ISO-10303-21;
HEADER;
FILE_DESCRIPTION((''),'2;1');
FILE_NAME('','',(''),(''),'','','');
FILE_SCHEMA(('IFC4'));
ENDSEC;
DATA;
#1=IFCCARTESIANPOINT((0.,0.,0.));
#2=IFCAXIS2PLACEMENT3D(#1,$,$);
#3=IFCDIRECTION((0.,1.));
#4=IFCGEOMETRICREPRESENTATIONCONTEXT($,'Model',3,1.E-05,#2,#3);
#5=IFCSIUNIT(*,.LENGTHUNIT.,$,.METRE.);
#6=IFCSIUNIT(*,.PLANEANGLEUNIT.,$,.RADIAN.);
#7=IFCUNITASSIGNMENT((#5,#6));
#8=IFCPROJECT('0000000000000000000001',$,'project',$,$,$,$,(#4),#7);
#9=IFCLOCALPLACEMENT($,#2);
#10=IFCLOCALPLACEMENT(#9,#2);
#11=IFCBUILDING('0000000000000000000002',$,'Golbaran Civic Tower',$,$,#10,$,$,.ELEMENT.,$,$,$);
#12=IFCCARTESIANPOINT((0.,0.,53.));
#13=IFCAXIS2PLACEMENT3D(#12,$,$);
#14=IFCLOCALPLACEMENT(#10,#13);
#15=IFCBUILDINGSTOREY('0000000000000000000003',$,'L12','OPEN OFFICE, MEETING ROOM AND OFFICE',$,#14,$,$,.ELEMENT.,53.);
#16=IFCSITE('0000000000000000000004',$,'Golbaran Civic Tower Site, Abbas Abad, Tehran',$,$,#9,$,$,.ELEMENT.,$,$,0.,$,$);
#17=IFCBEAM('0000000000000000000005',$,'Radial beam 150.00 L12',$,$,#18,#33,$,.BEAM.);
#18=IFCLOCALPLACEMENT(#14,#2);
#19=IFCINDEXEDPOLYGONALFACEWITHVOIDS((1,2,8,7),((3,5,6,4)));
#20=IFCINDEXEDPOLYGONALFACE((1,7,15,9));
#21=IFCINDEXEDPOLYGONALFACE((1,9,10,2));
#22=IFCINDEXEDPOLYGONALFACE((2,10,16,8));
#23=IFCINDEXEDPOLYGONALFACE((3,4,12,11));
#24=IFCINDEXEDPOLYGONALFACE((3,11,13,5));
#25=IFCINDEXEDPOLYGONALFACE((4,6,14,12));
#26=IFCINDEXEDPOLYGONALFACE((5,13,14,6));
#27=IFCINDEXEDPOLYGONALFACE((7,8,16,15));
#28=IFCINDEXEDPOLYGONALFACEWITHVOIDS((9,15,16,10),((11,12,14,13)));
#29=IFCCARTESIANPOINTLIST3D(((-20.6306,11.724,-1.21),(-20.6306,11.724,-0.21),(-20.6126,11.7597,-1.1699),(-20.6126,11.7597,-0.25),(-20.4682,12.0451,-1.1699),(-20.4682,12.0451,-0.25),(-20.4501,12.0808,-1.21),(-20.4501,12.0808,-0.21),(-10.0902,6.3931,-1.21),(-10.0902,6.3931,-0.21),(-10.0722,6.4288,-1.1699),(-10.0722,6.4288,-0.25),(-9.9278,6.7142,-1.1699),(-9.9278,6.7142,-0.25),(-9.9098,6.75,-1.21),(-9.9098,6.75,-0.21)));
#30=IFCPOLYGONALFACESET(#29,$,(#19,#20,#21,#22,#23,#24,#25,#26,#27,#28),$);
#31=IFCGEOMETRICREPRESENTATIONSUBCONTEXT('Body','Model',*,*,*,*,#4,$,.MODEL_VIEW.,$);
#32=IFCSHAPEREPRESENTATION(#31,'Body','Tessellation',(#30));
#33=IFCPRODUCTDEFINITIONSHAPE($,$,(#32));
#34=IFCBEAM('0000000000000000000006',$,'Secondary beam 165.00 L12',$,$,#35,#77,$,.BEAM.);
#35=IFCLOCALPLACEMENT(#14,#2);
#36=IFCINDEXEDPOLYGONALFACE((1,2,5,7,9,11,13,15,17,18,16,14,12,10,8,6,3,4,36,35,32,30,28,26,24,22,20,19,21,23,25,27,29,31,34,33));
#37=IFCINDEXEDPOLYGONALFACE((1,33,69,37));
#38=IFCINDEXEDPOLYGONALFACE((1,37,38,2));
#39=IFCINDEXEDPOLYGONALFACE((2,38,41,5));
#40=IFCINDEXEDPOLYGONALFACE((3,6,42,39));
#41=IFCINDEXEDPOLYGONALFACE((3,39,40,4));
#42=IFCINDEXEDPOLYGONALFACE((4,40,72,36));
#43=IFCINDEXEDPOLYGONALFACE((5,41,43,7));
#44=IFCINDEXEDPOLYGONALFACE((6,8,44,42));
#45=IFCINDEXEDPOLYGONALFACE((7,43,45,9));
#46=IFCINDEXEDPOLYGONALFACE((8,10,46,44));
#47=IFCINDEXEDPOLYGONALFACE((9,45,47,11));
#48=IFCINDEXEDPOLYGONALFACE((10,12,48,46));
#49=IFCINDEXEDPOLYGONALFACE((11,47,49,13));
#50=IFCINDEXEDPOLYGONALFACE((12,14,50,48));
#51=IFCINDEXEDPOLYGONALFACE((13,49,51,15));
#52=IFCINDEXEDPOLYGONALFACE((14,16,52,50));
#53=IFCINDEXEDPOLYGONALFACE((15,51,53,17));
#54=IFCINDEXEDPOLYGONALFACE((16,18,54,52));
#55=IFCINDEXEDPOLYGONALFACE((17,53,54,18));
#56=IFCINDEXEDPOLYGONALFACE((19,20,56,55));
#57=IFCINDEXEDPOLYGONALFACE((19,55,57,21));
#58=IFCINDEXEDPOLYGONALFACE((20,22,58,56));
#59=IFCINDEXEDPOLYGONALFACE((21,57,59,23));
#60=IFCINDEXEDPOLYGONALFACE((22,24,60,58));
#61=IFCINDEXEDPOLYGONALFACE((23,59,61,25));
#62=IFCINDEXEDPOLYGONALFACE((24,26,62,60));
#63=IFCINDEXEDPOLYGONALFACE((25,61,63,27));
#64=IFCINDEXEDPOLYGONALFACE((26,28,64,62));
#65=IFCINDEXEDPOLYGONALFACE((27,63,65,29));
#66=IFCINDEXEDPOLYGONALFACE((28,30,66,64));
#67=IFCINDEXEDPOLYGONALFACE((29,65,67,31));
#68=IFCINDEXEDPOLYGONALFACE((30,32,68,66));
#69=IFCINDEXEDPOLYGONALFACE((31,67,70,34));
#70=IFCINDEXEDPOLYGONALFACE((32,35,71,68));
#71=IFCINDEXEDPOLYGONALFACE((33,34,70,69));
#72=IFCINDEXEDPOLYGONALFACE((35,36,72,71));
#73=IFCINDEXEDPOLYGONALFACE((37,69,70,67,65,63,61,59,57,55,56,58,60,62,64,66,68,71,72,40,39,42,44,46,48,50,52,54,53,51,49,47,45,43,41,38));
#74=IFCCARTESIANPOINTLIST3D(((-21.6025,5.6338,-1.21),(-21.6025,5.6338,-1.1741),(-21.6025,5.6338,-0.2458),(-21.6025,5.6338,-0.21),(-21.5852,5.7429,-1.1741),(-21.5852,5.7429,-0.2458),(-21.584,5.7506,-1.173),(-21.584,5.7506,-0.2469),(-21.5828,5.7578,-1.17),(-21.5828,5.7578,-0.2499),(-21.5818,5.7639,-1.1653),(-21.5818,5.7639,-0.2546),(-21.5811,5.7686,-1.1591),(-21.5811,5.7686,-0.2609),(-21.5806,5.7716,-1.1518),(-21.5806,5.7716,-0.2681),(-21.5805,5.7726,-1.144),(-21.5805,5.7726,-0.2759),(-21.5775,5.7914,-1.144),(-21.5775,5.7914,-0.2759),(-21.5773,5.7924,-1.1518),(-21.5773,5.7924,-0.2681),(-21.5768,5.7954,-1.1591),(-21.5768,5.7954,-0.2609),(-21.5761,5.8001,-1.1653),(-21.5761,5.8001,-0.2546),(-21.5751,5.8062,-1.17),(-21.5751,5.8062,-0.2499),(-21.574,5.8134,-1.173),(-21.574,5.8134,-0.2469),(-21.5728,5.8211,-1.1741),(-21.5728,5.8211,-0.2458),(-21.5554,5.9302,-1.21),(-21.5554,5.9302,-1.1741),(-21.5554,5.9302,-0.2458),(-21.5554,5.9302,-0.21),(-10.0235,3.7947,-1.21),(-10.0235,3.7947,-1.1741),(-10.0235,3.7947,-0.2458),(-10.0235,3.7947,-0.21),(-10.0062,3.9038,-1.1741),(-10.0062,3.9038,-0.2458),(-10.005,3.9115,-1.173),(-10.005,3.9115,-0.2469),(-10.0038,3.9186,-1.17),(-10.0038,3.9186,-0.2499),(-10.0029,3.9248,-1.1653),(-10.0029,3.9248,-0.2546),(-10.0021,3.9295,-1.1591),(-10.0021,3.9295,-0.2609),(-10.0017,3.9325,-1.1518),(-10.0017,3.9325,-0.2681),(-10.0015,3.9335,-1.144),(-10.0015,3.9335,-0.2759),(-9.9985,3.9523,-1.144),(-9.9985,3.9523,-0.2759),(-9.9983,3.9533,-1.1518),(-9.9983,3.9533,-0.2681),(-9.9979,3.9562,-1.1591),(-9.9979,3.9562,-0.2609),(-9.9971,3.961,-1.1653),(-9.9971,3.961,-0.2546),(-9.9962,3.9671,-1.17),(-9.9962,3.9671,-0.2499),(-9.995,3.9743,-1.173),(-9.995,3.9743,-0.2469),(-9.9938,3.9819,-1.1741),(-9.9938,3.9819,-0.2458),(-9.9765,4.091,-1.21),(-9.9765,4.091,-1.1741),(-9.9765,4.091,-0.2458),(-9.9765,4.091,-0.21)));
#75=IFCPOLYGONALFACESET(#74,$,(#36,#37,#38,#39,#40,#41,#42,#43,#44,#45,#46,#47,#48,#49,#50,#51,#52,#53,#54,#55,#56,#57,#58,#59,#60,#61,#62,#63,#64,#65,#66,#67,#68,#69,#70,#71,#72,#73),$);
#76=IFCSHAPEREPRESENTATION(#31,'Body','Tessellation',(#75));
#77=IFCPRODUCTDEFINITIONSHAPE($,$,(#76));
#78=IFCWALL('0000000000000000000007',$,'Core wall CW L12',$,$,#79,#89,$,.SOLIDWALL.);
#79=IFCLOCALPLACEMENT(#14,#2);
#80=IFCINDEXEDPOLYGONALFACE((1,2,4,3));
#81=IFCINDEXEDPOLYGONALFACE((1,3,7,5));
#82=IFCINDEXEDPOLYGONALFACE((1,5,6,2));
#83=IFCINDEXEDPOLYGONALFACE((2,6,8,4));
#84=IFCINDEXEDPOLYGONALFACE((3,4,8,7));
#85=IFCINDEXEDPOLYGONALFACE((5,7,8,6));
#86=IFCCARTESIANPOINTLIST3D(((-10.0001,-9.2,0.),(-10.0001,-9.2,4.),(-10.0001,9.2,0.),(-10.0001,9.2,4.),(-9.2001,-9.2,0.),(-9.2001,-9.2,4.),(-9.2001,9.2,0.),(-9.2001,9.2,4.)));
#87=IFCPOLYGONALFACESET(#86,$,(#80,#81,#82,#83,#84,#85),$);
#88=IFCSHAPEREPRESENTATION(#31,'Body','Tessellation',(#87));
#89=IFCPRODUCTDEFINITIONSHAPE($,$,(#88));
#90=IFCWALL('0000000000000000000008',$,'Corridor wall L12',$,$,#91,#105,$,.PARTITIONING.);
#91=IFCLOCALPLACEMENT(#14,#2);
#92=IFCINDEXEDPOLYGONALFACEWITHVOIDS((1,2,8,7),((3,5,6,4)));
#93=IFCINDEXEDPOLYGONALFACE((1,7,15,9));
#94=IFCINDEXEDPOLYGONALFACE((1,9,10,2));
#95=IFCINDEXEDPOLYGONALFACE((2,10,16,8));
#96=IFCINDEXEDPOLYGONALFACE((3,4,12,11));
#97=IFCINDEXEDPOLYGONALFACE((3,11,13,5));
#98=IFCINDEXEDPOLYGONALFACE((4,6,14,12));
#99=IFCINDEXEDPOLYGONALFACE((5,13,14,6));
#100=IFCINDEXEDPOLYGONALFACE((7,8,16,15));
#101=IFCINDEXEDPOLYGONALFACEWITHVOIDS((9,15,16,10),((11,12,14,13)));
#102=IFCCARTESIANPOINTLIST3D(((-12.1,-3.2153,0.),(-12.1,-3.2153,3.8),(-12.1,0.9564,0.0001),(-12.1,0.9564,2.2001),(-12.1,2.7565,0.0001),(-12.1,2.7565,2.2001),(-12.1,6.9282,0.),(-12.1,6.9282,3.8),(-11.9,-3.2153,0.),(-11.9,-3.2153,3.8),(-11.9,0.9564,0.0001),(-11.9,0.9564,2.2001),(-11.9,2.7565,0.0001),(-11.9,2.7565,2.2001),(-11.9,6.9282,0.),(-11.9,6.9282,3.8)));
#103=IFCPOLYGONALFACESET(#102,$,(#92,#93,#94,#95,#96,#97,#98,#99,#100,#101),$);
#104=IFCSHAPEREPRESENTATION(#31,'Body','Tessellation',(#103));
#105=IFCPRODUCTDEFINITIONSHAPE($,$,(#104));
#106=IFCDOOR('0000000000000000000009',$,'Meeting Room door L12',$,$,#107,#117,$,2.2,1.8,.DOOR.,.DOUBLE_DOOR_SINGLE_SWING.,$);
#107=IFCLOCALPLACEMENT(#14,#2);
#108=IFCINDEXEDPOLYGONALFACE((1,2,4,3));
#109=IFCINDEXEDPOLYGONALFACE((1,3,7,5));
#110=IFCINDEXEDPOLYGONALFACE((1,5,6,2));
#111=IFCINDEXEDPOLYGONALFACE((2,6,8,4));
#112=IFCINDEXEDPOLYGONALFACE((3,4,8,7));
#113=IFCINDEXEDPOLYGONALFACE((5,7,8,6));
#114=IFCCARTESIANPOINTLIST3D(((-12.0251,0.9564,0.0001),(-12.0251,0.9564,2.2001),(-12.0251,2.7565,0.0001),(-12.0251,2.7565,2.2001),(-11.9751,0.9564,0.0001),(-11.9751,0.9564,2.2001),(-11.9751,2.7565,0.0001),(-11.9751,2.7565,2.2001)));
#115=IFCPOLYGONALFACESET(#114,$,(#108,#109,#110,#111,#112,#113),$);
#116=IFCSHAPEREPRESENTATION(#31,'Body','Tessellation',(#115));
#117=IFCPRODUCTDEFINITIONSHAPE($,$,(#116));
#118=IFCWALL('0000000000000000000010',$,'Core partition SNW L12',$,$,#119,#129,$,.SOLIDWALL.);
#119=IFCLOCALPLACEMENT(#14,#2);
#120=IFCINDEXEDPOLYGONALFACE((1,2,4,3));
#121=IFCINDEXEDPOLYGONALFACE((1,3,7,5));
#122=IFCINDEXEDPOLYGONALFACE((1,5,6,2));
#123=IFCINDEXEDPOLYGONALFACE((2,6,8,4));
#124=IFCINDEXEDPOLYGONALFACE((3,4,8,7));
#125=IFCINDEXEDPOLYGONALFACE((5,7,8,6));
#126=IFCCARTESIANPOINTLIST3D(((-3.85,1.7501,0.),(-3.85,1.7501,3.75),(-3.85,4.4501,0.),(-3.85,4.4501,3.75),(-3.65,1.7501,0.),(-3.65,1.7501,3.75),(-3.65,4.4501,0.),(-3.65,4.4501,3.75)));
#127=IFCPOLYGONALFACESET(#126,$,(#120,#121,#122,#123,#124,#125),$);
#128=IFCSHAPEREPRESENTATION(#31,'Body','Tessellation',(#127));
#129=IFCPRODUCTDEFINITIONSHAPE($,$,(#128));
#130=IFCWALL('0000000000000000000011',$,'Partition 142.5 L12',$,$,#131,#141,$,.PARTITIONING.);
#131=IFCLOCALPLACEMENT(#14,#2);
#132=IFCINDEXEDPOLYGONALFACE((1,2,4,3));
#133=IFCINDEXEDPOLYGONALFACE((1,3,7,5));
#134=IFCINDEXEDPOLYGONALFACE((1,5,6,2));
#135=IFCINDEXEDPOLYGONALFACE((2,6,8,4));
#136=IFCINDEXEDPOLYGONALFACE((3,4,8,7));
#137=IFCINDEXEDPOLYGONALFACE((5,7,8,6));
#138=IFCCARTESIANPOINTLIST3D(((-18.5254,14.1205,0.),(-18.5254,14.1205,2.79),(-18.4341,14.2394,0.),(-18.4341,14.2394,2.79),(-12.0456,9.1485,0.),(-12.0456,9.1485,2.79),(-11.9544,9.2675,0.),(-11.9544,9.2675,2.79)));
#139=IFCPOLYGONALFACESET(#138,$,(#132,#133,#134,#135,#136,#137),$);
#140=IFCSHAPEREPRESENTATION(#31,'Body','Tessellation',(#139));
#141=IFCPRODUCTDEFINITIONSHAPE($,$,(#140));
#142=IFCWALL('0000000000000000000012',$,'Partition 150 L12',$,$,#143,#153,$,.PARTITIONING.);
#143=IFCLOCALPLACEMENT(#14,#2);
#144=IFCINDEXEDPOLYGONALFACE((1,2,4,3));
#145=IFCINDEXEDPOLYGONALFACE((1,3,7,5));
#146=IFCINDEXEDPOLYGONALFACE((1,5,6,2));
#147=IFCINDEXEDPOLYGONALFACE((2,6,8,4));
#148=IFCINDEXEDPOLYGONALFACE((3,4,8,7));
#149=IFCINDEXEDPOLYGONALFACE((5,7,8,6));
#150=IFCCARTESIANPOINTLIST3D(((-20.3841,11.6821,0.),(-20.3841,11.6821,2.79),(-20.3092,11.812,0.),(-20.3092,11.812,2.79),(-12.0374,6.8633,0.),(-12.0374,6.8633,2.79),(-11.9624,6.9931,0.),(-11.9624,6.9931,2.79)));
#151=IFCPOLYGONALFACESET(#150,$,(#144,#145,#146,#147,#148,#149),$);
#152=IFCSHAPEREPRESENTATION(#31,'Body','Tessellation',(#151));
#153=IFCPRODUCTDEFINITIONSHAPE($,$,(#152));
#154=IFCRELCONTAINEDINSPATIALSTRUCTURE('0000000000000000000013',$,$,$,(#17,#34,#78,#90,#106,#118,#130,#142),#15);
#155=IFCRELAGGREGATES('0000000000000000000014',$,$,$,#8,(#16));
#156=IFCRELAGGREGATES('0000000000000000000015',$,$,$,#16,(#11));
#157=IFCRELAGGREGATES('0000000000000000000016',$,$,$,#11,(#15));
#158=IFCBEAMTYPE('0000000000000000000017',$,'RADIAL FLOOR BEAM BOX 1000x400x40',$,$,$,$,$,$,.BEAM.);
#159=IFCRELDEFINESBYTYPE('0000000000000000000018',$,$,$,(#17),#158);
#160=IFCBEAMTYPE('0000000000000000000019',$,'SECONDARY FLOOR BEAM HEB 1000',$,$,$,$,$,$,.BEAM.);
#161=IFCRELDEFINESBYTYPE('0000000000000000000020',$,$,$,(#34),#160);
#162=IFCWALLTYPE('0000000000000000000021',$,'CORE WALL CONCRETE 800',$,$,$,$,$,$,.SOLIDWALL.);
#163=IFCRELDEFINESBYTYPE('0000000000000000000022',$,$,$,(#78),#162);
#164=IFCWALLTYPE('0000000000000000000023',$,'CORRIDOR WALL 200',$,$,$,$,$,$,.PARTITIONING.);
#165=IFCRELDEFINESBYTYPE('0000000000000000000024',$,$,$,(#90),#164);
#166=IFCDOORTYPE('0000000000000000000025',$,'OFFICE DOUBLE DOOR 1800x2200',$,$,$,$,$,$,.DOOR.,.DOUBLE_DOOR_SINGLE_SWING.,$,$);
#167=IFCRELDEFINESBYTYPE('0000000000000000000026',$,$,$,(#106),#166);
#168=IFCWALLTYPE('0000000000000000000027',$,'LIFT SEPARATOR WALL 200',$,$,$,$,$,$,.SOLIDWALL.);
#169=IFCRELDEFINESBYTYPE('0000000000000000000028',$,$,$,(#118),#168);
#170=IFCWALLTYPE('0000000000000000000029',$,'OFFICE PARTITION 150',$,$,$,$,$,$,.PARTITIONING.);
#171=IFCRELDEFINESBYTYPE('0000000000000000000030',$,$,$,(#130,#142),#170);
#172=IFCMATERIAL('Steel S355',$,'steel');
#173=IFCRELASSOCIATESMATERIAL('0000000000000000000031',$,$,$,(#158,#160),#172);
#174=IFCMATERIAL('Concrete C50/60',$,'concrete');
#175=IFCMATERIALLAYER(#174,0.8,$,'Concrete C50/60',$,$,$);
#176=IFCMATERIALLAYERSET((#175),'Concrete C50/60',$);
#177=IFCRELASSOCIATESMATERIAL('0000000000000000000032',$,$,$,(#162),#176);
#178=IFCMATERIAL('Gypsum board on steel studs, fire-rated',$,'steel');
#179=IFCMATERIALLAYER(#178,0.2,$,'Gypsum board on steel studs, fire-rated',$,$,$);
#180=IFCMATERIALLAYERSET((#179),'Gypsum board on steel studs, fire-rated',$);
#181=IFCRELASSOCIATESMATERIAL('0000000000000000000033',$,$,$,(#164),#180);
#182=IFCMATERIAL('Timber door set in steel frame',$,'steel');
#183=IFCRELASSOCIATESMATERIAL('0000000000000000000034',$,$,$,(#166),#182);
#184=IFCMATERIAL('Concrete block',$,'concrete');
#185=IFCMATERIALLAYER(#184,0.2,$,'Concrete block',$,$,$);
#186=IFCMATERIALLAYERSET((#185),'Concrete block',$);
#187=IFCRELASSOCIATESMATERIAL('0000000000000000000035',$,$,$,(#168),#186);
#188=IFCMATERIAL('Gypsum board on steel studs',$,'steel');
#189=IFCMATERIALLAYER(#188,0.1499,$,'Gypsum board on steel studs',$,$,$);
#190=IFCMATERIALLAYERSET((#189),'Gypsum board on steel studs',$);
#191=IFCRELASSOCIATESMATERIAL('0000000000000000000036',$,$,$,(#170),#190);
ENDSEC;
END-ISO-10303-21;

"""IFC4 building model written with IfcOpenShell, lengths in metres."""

from ifc_helpers import new_model, si_unit, direction, frame, frame_2d, origin, origin_2d, place, context, subcontext, project, spatial, rectangle, hollow_rectangle, i_section, extrude, material, layer, layer_set, material_profile, profile_set, type_object, element, fill, save


model = new_model("IFC4")

# Units and contexts
model_context = context("Model", 3, precision=1e-05, world=origin(), true_north=direction((0.0, 1.0)))
body_context = subcontext(model_context, "Body", "Model", "MODEL_VIEW")
ifc_project = project(units=[si_unit("LENGTHUNIT", "METRE"), si_unit("PLANEANGLEUNIT", "RADIAN")], contexts=[model_context])

# Site, building, storey
site_placement = place(None, origin())
site = spatial("IfcSite", under=ifc_project, at=site_placement, Name="Golbaran Civic Tower Site, Abbas Abad, Tehran", CompositionType="ELEMENT", RefElevation=0.0)
building_placement = place(site_placement, origin())
building = spatial("IfcBuilding", under=site, at=building_placement, Name="Golbaran Civic Tower", CompositionType="ELEMENT")
storey_placement = place(building_placement, frame((0.0, 0.0, 53.0)))
storey = spatial("IfcBuildingStorey", under=building, at=storey_placement, Name="L12", Description="OPEN OFFICE, MEETING ROOM AND OFFICE", CompositionType="ELEMENT", Elevation=53.0)

# Beams
ifc_material_1 = material(Name="Steel S355", Category="steel")
ifc_material_profile_1 = material_profile(ifc_material_1, hollow_rectangle(XDim=0.3999, YDim=1.0, WallThickness=0.04, at=origin_2d()), Name="BOX 1000x400x40")
ifc_profile_set_1 = profile_set([ifc_material_profile_1], Name="Steel S355")
beam_type_1 = type_object("IfcBeamType", Name="RADIAL FLOOR BEAM BOX 1000x400x40", PredefinedType="BEAM", material=ifc_profile_set_1)
beam_1_placement = place(storey_placement, frame((-10.0, 6.5715, -0.71), z_axis=(-0.892363, 0.451318, 0.0), x_axis=(-0.451318, -0.892363, 0.0)))
element("IfcBeam", 1, at=beam_1_placement, inside=storey, type_object=beam_type_1, Name="Radial beam 150.00 L12", PredefinedType="BEAM", context=body_context, shape_type="SweptSolid", body=[
    extrude(hollow_rectangle(XDim=0.3999, YDim=1.0, WallThickness=0.04, at=origin_2d()), origin(), (0.0, 0.0, 1.0), 11.8118),
])
ifc_material_profile_2 = material_profile(ifc_material_1, i_section(OverallWidth=0.3, OverallDepth=1.0, WebThickness=0.019, FlangeThickness=0.0359, FilletRadius=0.03, at=origin_2d()), Name="HEB 1000")
ifc_profile_set_2 = profile_set([ifc_material_profile_2], Name="Steel S355")
beam_type_2 = type_object("IfcBeamType", Name="SECONDARY FLOOR BEAM HEB 1000", PredefinedType="BEAM", material=ifc_profile_set_2)
beam_2_placement = place(storey_placement, frame((-10.0, 3.9429, -0.71), z_axis=(-0.98762, 0.156867, 0.0), x_axis=(-0.156867, -0.98762, 0.0)))
element("IfcBeam", 2, at=beam_2_placement, inside=storey, type_object=beam_type_2, Name="Secondary beam 165.00 L12", PredefinedType="BEAM", context=body_context, shape_type="SweptSolid", body=[
    extrude(i_section(OverallWidth=0.3, OverallDepth=1.0, WebThickness=0.019, FlangeThickness=0.0359, FilletRadius=0.03, at=origin_2d()), origin(), (0.0, 0.0, 1.0), 11.7241),
])

# Wall
ifc_material_2 = material(Name="Concrete C50/60", Category="concrete")
ifc_layer_1 = layer(ifc_material_2, 0.8, Name="Concrete C50/60")
ifc_layer_set_1 = layer_set([ifc_layer_1], Name="Concrete C50/60")
wall_type_1 = type_object("IfcWallType", Name="CORE WALL CONCRETE 800", PredefinedType="SOLIDWALL", material=ifc_layer_set_1)
wall_1_placement = place(storey_placement, frame((-9.6001, 9.2, 0.0), z_axis=(0.0, 0.0, 1.0), x_axis=(0.0, -1.0, 0.0)))
element("IfcWall", 3, at=wall_1_placement, inside=storey, type_object=wall_type_1, Name="Core wall CW L12", PredefinedType="SOLIDWALL", context=body_context, shape_type="SweptSolid", body=[
    extrude(rectangle(XDim=18.3999, YDim=0.8, at=frame_2d((9.2, 0.0))), origin(), (0.0, 0.0, 1.0), 4.0),
])

# Wall, opening, door
ifc_material_3 = material(Name="Gypsum board on steel studs, fire-rated", Category="steel")
ifc_layer_2 = layer(ifc_material_3, 0.2, Name="Gypsum board on steel studs, fire-rated")
ifc_layer_set_2 = layer_set([ifc_layer_2], Name="Gypsum board on steel studs, fire-rated")
wall_type_2 = type_object("IfcWallType", Name="CORRIDOR WALL 200", PredefinedType="PARTITIONING", material=ifc_layer_set_2)
wall_2_placement = place(storey_placement, frame((-12.0, 6.9282, 0.0), z_axis=(0.0, 0.0, 1.0), x_axis=(0.0, -1.0, 0.0)))
wall_2 = element("IfcWall", 4, at=wall_2_placement, inside=storey, type_object=wall_type_2, Name="Corridor wall L12", PredefinedType="PARTITIONING", context=body_context, shape_type="SweptSolid", body=[
    extrude(rectangle(XDim=10.1436, YDim=0.2, at=frame_2d((5.0718, 0.0))), origin(), (0.0, 0.0, 1.0), 3.8),
])
opening_1_placement = place(wall_2_placement, frame((4.1719, 0.0, 0.0)))
opening_1 = element("IfcOpeningElement", 5, at=opening_1_placement, cuts=wall_2, PredefinedType="OPENING", context=body_context, shape_type="SweptSolid", body=[
    extrude(rectangle(XDim=1.8, YDim=2.2, at=frame_2d((0.8999, 1.1001))), frame((0.0, 0.1099, 0.0), z_axis=(0.0, -1.0, 0.0), x_axis=(1.0, 0.0, 0.0)), (0.0, 0.0, 1.0), 0.22),
])
ifc_material_4 = material(Name="Timber door set in steel frame", Category="steel")
door_type_1 = type_object("IfcDoorType", Name="OFFICE DOUBLE DOOR 1800x2200", OperationType="DOUBLE_DOOR_SINGLE_SWING", PredefinedType="DOOR", material=ifc_material_4)
door_1_placement = place(opening_1_placement, origin())
door_1 = element("IfcDoor", 6, at=door_1_placement, inside=storey, type_object=door_type_1, Name="Meeting Room door L12", OperationType="DOUBLE_DOOR_SINGLE_SWING", OverallHeight=2.2, OverallWidth=1.8, PredefinedType="DOOR", context=body_context, shape_type="SweptSolid", body=[
    extrude(rectangle(XDim=1.8, YDim=2.2, at=frame_2d((0.8999, 1.1001))), frame((0.0, 0.0249, 0.0), z_axis=(0.0, -1.0, 0.0), x_axis=(1.0, 0.0, 0.0)), (0.0, 0.0, 1.0), 0.05),
])
fill(opening_1, door_1)

# Walls
ifc_material_5 = material(Name="Concrete block", Category="concrete")
ifc_layer_3 = layer(ifc_material_5, 0.2, Name="Concrete block")
ifc_layer_set_3 = layer_set([ifc_layer_3], Name="Concrete block")
wall_type_3 = type_object("IfcWallType", Name="LIFT SEPARATOR WALL 200", PredefinedType="SOLIDWALL", material=ifc_layer_set_3)
wall_3_placement = place(storey_placement, frame((-3.75, 1.75, 0.0), z_axis=(0.0, 0.0, 1.0), x_axis=(0.0, 1.0, 0.0)))
element("IfcWall", 7, at=wall_3_placement, inside=storey, type_object=wall_type_3, Name="Core partition SNW L12", PredefinedType="SOLIDWALL", context=body_context, shape_type="SweptSolid", body=[
    extrude(rectangle(XDim=2.7, YDim=0.2, at=frame_2d((1.3501, 0.0))), origin(), (0.0, 0.0, 1.0), 3.75),
])
ifc_material_6 = material(Name="Gypsum board on steel studs", Category="steel")
ifc_layer_4 = layer(ifc_material_6, 0.1499, Name="Gypsum board on steel studs")
ifc_layer_set_4 = layer_set([ifc_layer_4], Name="Gypsum board on steel studs")
wall_type_4 = type_object("IfcWallType", Name="OFFICE PARTITION 150", PredefinedType="PARTITIONING", material=ifc_layer_set_4)
wall_4_placement = place(storey_placement, frame((-12.0, 9.208, 0.0), z_axis=(0.0, 0.0, 1.0), x_axis=(-0.793362, 0.60875, 0.0)))
element("IfcWall", 8, at=wall_4_placement, inside=storey, type_object=wall_type_4, Name="Partition 142.5 L12", PredefinedType="PARTITIONING", context=body_context, shape_type="SweptSolid", body=[
    extrude(rectangle(XDim=8.1675, YDim=0.1499, at=frame_2d((4.0837, 0.0))), origin(), (0.0, 0.0, 1.0), 2.79),
])
wall_5_placement = place(storey_placement, frame((-12.0, 6.9282, 0.0), z_axis=(0.0, 0.0, 1.0), x_axis=(-0.86603, 0.499991, 0.0)))
element("IfcWall", 9, at=wall_5_placement, inside=storey, type_object=wall_type_4, Name="Partition 150 L12", PredefinedType="PARTITIONING", context=body_context, shape_type="SweptSolid", body=[
    extrude(rectangle(XDim=9.6379, YDim=0.1499, at=frame_2d((4.8188, 0.0))), origin(), (0.0, 0.0, 1.0), 2.79),
])

save(model, "model.ifc")
